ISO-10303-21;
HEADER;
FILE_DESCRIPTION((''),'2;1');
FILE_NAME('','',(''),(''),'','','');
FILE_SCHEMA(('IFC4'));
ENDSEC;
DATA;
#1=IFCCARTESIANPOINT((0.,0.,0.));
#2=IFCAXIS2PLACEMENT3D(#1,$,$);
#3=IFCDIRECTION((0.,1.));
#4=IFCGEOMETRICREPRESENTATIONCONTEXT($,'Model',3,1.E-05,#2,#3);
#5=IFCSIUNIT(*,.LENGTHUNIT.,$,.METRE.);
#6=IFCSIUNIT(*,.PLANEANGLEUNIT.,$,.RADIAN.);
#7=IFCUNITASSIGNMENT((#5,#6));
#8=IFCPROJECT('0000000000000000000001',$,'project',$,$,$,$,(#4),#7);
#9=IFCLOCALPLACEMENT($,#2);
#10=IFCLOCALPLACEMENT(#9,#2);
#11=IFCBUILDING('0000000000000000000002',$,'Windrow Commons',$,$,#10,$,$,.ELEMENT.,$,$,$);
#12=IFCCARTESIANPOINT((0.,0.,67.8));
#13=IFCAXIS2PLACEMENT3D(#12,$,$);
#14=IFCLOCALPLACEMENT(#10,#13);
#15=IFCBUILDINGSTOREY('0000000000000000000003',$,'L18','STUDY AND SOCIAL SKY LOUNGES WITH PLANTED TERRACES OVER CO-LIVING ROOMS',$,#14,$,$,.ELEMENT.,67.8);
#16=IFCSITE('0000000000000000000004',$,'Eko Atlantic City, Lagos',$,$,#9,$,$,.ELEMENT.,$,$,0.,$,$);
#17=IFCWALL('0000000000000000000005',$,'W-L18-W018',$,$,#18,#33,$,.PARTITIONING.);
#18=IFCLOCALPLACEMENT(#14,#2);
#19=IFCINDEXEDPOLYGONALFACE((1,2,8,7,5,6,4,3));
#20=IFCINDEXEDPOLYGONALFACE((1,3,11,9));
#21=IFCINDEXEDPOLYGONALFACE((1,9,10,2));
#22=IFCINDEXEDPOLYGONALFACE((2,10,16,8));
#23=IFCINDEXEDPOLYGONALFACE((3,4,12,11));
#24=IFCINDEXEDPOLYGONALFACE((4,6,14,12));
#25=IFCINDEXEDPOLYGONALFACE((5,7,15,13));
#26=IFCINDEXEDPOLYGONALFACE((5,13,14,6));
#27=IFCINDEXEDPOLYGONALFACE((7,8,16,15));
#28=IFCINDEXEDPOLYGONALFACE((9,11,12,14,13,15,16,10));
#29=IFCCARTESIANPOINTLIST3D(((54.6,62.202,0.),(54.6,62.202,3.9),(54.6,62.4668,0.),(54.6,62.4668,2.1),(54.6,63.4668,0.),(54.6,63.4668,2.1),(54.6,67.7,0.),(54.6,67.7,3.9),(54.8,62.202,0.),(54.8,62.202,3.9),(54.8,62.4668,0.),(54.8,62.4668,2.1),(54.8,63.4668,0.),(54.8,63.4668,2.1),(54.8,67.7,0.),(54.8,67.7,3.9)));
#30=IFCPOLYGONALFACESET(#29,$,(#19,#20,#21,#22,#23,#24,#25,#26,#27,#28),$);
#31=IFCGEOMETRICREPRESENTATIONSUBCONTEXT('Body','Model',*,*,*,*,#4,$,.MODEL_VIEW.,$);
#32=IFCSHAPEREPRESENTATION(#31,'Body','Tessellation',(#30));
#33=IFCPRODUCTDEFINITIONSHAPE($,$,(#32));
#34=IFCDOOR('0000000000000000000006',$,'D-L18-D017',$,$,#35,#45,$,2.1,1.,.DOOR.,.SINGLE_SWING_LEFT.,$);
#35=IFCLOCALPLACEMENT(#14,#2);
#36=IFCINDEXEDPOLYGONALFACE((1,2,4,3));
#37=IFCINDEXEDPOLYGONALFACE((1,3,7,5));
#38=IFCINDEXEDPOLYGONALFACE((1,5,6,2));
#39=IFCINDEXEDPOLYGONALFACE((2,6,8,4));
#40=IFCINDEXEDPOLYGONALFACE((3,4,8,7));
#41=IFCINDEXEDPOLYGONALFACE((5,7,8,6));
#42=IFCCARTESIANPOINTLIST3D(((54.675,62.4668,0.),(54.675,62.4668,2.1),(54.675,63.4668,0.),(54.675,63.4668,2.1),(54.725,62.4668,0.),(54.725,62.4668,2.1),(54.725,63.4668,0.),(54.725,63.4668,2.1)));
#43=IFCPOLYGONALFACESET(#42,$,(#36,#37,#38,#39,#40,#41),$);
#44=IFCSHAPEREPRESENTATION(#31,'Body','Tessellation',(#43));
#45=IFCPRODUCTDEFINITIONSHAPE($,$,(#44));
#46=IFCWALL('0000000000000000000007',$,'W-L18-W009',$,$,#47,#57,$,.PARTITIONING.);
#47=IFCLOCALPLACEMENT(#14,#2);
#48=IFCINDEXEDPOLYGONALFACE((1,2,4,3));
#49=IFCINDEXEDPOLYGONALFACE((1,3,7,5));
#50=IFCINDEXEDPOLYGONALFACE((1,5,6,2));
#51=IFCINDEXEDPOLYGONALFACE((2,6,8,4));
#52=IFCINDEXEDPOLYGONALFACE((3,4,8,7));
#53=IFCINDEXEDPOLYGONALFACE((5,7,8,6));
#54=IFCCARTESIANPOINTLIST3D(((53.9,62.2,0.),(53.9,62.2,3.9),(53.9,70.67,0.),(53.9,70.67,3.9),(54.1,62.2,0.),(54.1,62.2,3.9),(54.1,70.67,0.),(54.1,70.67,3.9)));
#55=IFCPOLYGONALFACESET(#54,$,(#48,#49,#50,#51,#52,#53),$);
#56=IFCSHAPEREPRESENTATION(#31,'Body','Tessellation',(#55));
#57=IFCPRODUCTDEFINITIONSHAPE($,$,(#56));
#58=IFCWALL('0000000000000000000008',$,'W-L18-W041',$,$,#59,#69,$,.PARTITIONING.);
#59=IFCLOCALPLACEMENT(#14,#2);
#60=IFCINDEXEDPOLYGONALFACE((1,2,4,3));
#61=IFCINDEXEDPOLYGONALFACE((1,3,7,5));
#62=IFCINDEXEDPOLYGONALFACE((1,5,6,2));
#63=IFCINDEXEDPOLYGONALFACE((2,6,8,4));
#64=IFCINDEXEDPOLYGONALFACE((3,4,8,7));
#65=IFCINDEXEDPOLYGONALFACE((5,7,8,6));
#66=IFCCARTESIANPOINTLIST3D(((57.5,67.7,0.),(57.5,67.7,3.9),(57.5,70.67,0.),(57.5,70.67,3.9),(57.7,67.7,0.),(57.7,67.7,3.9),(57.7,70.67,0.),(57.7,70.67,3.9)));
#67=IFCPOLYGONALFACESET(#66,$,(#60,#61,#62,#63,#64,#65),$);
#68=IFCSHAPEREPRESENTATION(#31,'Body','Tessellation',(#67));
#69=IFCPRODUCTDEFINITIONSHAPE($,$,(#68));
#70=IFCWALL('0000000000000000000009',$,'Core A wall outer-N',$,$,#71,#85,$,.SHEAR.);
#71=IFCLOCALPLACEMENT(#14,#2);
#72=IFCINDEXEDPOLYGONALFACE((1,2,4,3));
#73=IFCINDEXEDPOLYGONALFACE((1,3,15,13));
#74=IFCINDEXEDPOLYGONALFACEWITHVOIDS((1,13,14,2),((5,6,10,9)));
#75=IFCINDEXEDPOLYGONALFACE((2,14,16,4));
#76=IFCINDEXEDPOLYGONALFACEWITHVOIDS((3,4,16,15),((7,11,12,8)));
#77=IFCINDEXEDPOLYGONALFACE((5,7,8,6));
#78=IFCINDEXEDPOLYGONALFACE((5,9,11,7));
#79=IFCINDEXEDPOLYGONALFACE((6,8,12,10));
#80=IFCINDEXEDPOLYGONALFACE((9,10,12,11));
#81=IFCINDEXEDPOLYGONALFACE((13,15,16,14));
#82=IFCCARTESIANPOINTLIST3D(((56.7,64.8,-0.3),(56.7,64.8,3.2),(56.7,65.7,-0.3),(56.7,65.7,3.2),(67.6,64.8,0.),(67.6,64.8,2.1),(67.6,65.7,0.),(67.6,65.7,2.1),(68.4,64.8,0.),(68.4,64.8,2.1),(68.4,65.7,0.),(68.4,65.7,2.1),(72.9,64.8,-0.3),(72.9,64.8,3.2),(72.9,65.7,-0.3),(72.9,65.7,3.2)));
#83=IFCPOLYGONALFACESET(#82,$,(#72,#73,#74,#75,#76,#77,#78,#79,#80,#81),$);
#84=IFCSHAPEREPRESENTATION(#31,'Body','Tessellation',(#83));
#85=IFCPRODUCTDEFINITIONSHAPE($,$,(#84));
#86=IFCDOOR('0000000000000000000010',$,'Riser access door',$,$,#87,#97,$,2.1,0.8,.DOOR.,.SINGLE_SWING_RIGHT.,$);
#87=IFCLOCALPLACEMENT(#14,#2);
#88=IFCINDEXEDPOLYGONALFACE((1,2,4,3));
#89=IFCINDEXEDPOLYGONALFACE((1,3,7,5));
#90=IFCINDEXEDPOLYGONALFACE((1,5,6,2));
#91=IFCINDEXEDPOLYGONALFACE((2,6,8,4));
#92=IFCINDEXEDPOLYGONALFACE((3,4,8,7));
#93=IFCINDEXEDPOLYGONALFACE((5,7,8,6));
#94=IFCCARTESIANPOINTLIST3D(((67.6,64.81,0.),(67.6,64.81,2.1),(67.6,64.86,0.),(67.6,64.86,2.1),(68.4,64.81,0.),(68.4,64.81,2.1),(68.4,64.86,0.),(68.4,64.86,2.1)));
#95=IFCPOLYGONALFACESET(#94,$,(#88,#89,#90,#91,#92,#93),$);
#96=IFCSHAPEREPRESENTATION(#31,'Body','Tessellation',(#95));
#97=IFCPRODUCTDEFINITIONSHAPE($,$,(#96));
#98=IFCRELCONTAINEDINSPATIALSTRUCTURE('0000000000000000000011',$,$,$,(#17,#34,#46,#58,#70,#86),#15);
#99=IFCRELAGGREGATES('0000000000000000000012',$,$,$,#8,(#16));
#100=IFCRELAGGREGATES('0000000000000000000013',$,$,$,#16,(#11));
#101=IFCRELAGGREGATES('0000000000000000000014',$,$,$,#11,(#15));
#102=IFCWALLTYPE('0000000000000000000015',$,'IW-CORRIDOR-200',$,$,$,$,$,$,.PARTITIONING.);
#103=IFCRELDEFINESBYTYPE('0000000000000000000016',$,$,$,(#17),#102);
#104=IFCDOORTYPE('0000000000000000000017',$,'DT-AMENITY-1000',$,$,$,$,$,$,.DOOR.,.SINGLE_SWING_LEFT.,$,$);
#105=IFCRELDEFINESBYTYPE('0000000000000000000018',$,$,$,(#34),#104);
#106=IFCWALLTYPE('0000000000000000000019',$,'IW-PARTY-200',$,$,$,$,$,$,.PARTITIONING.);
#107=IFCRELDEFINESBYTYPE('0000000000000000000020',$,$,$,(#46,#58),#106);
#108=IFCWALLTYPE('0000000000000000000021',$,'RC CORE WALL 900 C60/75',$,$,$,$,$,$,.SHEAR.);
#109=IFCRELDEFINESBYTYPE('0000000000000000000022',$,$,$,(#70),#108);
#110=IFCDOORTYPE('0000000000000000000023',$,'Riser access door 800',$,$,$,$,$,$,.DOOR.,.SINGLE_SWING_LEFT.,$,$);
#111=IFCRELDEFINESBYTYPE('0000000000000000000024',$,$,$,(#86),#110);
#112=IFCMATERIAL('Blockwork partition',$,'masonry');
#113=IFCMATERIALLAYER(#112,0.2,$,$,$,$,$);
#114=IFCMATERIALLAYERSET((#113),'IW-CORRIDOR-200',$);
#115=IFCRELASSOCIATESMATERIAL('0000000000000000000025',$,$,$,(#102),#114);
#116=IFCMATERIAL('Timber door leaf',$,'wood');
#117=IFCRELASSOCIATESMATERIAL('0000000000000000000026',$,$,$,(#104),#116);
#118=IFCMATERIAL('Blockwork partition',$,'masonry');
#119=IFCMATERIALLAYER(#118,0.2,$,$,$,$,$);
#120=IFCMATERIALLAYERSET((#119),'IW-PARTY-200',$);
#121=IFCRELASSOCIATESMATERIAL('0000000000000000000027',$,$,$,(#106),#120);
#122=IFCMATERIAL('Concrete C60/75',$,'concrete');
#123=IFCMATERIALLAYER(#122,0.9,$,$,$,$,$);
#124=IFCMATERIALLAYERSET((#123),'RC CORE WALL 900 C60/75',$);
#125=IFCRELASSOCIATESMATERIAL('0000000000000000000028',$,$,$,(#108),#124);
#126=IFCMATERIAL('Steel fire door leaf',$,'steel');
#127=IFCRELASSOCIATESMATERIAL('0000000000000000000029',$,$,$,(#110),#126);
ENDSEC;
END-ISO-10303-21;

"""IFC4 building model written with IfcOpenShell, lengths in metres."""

from ifc_helpers import new_model, si_unit, direction, frame, frame_2d, origin, place, context, subcontext, project, spatial, rectangle, extrude, material, layer, layer_set, type_object, element, fill, save


model = new_model("IFC4")

# Units and contexts
model_context = context("Model", 3, precision=1e-05, world=origin(), true_north=direction((0.0, 1.0)))
body_context = subcontext(model_context, "Body", "Model", "MODEL_VIEW")
ifc_project = project(units=[si_unit("LENGTHUNIT", "METRE"), si_unit("PLANEANGLEUNIT", "RADIAN")], contexts=[model_context])

# Site, building, storey
site_placement = place(None, origin())
site = spatial("IfcSite", under=ifc_project, at=site_placement, Name="Eko Atlantic City, Lagos", CompositionType="ELEMENT", RefElevation=0.0)
building_placement = place(site_placement, origin())
building = spatial("IfcBuilding", under=site, at=building_placement, Name="Windrow Commons", CompositionType="ELEMENT")
storey_placement = place(building_placement, frame((0.0, 0.0, 67.8)))
storey = spatial("IfcBuildingStorey", under=building, at=storey_placement, Name="L18", Description="STUDY AND SOCIAL SKY LOUNGES WITH PLANTED TERRACES OVER CO-LIVING ROOMS", CompositionType="ELEMENT", Elevation=67.8)

# Shared definitions
ifc_material_1 = material(Name="Blockwork partition", Category="masonry")
ifc_layer_1 = layer(ifc_material_1, 0.2)
ifc_layer_set_1 = layer_set([ifc_layer_1], Name="IW-CORRIDOR-200")
wall_type_1 = type_object("IfcWallType", Name="IW-CORRIDOR-200", PredefinedType="PARTITIONING", material=ifc_layer_set_1)
ifc_material_2 = material(Name="Timber door leaf", Category="wood")
door_type_1 = type_object("IfcDoorType", Name="DT-AMENITY-1000", OperationType="SINGLE_SWING_LEFT", PredefinedType="DOOR", material=ifc_material_2)

# Wall, opening, door
wall_1_placement = place(storey_placement, frame((54.7, 62.202, 0.0), z_axis=(0.0, 0.0, 1.0), x_axis=(0.0, 1.0, 0.0)))
wall_1 = element("IfcWall", 1, at=wall_1_placement, inside=storey, type_object=wall_type_1, Name="W-L18-W018", PredefinedType="PARTITIONING", context=body_context, shape_type="SweptSolid", body=[
    extrude(rectangle(XDim=5.498, YDim=0.2, at=frame_2d((2.749, 0.0))), origin(), (0.0, 0.0, 1.0), 3.9),
])
opening_1_placement = place(wall_1_placement, frame((0.2648, 0.0, 0.0)))
opening_1 = element("IfcOpeningElement", 2, at=opening_1_placement, cuts=wall_1, PredefinedType="OPENING", context=body_context, shape_type="SweptSolid", body=[
    extrude(rectangle(XDim=1.0, YDim=2.1, at=frame_2d((0.5, 1.05))), frame((0.0, 0.11, 0.0), z_axis=(0.0, -1.0, 0.0), x_axis=(1.0, 0.0, 0.0)), (0.0, 0.0, 1.0), 0.22),
])
door_1_placement = place(opening_1_placement, origin())
door_1 = element("IfcDoor", 3, at=door_1_placement, inside=storey, type_object=door_type_1, Name="D-L18-D017", OperationType="SINGLE_SWING_LEFT", OverallHeight=2.1, OverallWidth=1.0, PredefinedType="DOOR", context=body_context, shape_type="SweptSolid", body=[
    extrude(rectangle(XDim=1.0, YDim=2.1, at=frame_2d((0.5, 1.05))), frame((0.0, 0.025, 0.0), z_axis=(0.0, -1.0, 0.0), x_axis=(1.0, 0.0, 0.0)), (0.0, 0.0, 1.0), 0.05),
])
fill(opening_1, door_1)

# Walls
ifc_material_3 = material(Name="Blockwork partition", Category="masonry")
ifc_layer_2 = layer(ifc_material_3, 0.2)
ifc_layer_set_2 = layer_set([ifc_layer_2], Name="IW-PARTY-200")
wall_type_2 = type_object("IfcWallType", Name="IW-PARTY-200", PredefinedType="PARTITIONING", material=ifc_layer_set_2)
wall_2_placement = place(storey_placement, frame((54.0, 62.2, 0.0), z_axis=(0.0, 0.0, 1.0), x_axis=(0.0, 1.0, 0.0)))
element("IfcWall", 4, at=wall_2_placement, inside=storey, type_object=wall_type_2, Name="W-L18-W009", PredefinedType="PARTITIONING", context=body_context, shape_type="SweptSolid", body=[
    extrude(rectangle(XDim=8.47, YDim=0.2, at=frame_2d((4.235, 0.0))), origin(), (0.0, 0.0, 1.0), 3.9),
])
wall_3_placement = place(storey_placement, frame((57.6, 67.7, 0.0), z_axis=(0.0, 0.0, 1.0), x_axis=(0.0, 1.0, 0.0)))
element("IfcWall", 5, at=wall_3_placement, inside=storey, type_object=wall_type_2, Name="W-L18-W041", PredefinedType="PARTITIONING", context=body_context, shape_type="SweptSolid", body=[
    extrude(rectangle(XDim=2.97, YDim=0.2, at=frame_2d((1.485, 0.0))), origin(), (0.0, 0.0, 1.0), 3.9),
])

# Wall, opening, door
ifc_material_4 = material(Name="Concrete C60/75", Category="concrete")
ifc_layer_3 = layer(ifc_material_4, 0.9)
ifc_layer_set_3 = layer_set([ifc_layer_3], Name="RC CORE WALL 900 C60/75")
wall_type_3 = type_object("IfcWallType", Name="RC CORE WALL 900 C60/75", PredefinedType="SHEAR", material=ifc_layer_set_3)
wall_4_placement = place(storey_placement, frame((56.7, 65.25, -0.3), z_axis=(0.0, 0.0, 1.0), x_axis=(1.0, 0.0, 0.0)))
wall_4 = element("IfcWall", 6, at=wall_4_placement, inside=storey, type_object=wall_type_3, Name="Core A wall outer-N", PredefinedType="SHEAR", context=body_context, shape_type="SweptSolid", body=[
    extrude(rectangle(XDim=16.2, YDim=0.9, at=frame_2d((8.1, 0.0))), origin(), (0.0, 0.0, 1.0), 3.5),
])
opening_2_placement = place(wall_4_placement, frame((10.9, 0.0, 0.3)))
opening_2 = element("IfcOpeningElement", 7, at=opening_2_placement, cuts=wall_4, PredefinedType="OPENING", context=body_context, shape_type="SweptSolid", body=[
    extrude(rectangle(XDim=0.8, YDim=2.1, at=frame_2d((0.4, 1.05))), frame((0.0, 0.46, 0.0), z_axis=(0.0, -1.0, 0.0), x_axis=(1.0, 0.0, 0.0)), (0.0, 0.0, 1.0), 0.92),
])
ifc_material_5 = material(Name="Steel fire door leaf", Category="steel")
door_type_2 = type_object("IfcDoorType", Name="Riser access door 800", OperationType="SINGLE_SWING_LEFT", PredefinedType="DOOR", material=ifc_material_5)
door_2_placement = place(opening_2_placement, origin())
door_2 = element("IfcDoor", 8, at=door_2_placement, inside=storey, type_object=door_type_2, Name="Riser access door", OperationType="SINGLE_SWING_RIGHT", OverallHeight=2.1, OverallWidth=0.8, PredefinedType="DOOR", context=body_context, shape_type="SweptSolid", body=[
    extrude(rectangle(XDim=0.8, YDim=2.1, at=frame_2d((0.4, 1.05))), frame((0.0, -0.39, 0.0), z_axis=(0.0, -1.0, 0.0), x_axis=(1.0, 0.0, 0.0)), (0.0, 0.0, 1.0), 0.05),
])
fill(opening_2, door_2)

save(model, "model.ifc")
